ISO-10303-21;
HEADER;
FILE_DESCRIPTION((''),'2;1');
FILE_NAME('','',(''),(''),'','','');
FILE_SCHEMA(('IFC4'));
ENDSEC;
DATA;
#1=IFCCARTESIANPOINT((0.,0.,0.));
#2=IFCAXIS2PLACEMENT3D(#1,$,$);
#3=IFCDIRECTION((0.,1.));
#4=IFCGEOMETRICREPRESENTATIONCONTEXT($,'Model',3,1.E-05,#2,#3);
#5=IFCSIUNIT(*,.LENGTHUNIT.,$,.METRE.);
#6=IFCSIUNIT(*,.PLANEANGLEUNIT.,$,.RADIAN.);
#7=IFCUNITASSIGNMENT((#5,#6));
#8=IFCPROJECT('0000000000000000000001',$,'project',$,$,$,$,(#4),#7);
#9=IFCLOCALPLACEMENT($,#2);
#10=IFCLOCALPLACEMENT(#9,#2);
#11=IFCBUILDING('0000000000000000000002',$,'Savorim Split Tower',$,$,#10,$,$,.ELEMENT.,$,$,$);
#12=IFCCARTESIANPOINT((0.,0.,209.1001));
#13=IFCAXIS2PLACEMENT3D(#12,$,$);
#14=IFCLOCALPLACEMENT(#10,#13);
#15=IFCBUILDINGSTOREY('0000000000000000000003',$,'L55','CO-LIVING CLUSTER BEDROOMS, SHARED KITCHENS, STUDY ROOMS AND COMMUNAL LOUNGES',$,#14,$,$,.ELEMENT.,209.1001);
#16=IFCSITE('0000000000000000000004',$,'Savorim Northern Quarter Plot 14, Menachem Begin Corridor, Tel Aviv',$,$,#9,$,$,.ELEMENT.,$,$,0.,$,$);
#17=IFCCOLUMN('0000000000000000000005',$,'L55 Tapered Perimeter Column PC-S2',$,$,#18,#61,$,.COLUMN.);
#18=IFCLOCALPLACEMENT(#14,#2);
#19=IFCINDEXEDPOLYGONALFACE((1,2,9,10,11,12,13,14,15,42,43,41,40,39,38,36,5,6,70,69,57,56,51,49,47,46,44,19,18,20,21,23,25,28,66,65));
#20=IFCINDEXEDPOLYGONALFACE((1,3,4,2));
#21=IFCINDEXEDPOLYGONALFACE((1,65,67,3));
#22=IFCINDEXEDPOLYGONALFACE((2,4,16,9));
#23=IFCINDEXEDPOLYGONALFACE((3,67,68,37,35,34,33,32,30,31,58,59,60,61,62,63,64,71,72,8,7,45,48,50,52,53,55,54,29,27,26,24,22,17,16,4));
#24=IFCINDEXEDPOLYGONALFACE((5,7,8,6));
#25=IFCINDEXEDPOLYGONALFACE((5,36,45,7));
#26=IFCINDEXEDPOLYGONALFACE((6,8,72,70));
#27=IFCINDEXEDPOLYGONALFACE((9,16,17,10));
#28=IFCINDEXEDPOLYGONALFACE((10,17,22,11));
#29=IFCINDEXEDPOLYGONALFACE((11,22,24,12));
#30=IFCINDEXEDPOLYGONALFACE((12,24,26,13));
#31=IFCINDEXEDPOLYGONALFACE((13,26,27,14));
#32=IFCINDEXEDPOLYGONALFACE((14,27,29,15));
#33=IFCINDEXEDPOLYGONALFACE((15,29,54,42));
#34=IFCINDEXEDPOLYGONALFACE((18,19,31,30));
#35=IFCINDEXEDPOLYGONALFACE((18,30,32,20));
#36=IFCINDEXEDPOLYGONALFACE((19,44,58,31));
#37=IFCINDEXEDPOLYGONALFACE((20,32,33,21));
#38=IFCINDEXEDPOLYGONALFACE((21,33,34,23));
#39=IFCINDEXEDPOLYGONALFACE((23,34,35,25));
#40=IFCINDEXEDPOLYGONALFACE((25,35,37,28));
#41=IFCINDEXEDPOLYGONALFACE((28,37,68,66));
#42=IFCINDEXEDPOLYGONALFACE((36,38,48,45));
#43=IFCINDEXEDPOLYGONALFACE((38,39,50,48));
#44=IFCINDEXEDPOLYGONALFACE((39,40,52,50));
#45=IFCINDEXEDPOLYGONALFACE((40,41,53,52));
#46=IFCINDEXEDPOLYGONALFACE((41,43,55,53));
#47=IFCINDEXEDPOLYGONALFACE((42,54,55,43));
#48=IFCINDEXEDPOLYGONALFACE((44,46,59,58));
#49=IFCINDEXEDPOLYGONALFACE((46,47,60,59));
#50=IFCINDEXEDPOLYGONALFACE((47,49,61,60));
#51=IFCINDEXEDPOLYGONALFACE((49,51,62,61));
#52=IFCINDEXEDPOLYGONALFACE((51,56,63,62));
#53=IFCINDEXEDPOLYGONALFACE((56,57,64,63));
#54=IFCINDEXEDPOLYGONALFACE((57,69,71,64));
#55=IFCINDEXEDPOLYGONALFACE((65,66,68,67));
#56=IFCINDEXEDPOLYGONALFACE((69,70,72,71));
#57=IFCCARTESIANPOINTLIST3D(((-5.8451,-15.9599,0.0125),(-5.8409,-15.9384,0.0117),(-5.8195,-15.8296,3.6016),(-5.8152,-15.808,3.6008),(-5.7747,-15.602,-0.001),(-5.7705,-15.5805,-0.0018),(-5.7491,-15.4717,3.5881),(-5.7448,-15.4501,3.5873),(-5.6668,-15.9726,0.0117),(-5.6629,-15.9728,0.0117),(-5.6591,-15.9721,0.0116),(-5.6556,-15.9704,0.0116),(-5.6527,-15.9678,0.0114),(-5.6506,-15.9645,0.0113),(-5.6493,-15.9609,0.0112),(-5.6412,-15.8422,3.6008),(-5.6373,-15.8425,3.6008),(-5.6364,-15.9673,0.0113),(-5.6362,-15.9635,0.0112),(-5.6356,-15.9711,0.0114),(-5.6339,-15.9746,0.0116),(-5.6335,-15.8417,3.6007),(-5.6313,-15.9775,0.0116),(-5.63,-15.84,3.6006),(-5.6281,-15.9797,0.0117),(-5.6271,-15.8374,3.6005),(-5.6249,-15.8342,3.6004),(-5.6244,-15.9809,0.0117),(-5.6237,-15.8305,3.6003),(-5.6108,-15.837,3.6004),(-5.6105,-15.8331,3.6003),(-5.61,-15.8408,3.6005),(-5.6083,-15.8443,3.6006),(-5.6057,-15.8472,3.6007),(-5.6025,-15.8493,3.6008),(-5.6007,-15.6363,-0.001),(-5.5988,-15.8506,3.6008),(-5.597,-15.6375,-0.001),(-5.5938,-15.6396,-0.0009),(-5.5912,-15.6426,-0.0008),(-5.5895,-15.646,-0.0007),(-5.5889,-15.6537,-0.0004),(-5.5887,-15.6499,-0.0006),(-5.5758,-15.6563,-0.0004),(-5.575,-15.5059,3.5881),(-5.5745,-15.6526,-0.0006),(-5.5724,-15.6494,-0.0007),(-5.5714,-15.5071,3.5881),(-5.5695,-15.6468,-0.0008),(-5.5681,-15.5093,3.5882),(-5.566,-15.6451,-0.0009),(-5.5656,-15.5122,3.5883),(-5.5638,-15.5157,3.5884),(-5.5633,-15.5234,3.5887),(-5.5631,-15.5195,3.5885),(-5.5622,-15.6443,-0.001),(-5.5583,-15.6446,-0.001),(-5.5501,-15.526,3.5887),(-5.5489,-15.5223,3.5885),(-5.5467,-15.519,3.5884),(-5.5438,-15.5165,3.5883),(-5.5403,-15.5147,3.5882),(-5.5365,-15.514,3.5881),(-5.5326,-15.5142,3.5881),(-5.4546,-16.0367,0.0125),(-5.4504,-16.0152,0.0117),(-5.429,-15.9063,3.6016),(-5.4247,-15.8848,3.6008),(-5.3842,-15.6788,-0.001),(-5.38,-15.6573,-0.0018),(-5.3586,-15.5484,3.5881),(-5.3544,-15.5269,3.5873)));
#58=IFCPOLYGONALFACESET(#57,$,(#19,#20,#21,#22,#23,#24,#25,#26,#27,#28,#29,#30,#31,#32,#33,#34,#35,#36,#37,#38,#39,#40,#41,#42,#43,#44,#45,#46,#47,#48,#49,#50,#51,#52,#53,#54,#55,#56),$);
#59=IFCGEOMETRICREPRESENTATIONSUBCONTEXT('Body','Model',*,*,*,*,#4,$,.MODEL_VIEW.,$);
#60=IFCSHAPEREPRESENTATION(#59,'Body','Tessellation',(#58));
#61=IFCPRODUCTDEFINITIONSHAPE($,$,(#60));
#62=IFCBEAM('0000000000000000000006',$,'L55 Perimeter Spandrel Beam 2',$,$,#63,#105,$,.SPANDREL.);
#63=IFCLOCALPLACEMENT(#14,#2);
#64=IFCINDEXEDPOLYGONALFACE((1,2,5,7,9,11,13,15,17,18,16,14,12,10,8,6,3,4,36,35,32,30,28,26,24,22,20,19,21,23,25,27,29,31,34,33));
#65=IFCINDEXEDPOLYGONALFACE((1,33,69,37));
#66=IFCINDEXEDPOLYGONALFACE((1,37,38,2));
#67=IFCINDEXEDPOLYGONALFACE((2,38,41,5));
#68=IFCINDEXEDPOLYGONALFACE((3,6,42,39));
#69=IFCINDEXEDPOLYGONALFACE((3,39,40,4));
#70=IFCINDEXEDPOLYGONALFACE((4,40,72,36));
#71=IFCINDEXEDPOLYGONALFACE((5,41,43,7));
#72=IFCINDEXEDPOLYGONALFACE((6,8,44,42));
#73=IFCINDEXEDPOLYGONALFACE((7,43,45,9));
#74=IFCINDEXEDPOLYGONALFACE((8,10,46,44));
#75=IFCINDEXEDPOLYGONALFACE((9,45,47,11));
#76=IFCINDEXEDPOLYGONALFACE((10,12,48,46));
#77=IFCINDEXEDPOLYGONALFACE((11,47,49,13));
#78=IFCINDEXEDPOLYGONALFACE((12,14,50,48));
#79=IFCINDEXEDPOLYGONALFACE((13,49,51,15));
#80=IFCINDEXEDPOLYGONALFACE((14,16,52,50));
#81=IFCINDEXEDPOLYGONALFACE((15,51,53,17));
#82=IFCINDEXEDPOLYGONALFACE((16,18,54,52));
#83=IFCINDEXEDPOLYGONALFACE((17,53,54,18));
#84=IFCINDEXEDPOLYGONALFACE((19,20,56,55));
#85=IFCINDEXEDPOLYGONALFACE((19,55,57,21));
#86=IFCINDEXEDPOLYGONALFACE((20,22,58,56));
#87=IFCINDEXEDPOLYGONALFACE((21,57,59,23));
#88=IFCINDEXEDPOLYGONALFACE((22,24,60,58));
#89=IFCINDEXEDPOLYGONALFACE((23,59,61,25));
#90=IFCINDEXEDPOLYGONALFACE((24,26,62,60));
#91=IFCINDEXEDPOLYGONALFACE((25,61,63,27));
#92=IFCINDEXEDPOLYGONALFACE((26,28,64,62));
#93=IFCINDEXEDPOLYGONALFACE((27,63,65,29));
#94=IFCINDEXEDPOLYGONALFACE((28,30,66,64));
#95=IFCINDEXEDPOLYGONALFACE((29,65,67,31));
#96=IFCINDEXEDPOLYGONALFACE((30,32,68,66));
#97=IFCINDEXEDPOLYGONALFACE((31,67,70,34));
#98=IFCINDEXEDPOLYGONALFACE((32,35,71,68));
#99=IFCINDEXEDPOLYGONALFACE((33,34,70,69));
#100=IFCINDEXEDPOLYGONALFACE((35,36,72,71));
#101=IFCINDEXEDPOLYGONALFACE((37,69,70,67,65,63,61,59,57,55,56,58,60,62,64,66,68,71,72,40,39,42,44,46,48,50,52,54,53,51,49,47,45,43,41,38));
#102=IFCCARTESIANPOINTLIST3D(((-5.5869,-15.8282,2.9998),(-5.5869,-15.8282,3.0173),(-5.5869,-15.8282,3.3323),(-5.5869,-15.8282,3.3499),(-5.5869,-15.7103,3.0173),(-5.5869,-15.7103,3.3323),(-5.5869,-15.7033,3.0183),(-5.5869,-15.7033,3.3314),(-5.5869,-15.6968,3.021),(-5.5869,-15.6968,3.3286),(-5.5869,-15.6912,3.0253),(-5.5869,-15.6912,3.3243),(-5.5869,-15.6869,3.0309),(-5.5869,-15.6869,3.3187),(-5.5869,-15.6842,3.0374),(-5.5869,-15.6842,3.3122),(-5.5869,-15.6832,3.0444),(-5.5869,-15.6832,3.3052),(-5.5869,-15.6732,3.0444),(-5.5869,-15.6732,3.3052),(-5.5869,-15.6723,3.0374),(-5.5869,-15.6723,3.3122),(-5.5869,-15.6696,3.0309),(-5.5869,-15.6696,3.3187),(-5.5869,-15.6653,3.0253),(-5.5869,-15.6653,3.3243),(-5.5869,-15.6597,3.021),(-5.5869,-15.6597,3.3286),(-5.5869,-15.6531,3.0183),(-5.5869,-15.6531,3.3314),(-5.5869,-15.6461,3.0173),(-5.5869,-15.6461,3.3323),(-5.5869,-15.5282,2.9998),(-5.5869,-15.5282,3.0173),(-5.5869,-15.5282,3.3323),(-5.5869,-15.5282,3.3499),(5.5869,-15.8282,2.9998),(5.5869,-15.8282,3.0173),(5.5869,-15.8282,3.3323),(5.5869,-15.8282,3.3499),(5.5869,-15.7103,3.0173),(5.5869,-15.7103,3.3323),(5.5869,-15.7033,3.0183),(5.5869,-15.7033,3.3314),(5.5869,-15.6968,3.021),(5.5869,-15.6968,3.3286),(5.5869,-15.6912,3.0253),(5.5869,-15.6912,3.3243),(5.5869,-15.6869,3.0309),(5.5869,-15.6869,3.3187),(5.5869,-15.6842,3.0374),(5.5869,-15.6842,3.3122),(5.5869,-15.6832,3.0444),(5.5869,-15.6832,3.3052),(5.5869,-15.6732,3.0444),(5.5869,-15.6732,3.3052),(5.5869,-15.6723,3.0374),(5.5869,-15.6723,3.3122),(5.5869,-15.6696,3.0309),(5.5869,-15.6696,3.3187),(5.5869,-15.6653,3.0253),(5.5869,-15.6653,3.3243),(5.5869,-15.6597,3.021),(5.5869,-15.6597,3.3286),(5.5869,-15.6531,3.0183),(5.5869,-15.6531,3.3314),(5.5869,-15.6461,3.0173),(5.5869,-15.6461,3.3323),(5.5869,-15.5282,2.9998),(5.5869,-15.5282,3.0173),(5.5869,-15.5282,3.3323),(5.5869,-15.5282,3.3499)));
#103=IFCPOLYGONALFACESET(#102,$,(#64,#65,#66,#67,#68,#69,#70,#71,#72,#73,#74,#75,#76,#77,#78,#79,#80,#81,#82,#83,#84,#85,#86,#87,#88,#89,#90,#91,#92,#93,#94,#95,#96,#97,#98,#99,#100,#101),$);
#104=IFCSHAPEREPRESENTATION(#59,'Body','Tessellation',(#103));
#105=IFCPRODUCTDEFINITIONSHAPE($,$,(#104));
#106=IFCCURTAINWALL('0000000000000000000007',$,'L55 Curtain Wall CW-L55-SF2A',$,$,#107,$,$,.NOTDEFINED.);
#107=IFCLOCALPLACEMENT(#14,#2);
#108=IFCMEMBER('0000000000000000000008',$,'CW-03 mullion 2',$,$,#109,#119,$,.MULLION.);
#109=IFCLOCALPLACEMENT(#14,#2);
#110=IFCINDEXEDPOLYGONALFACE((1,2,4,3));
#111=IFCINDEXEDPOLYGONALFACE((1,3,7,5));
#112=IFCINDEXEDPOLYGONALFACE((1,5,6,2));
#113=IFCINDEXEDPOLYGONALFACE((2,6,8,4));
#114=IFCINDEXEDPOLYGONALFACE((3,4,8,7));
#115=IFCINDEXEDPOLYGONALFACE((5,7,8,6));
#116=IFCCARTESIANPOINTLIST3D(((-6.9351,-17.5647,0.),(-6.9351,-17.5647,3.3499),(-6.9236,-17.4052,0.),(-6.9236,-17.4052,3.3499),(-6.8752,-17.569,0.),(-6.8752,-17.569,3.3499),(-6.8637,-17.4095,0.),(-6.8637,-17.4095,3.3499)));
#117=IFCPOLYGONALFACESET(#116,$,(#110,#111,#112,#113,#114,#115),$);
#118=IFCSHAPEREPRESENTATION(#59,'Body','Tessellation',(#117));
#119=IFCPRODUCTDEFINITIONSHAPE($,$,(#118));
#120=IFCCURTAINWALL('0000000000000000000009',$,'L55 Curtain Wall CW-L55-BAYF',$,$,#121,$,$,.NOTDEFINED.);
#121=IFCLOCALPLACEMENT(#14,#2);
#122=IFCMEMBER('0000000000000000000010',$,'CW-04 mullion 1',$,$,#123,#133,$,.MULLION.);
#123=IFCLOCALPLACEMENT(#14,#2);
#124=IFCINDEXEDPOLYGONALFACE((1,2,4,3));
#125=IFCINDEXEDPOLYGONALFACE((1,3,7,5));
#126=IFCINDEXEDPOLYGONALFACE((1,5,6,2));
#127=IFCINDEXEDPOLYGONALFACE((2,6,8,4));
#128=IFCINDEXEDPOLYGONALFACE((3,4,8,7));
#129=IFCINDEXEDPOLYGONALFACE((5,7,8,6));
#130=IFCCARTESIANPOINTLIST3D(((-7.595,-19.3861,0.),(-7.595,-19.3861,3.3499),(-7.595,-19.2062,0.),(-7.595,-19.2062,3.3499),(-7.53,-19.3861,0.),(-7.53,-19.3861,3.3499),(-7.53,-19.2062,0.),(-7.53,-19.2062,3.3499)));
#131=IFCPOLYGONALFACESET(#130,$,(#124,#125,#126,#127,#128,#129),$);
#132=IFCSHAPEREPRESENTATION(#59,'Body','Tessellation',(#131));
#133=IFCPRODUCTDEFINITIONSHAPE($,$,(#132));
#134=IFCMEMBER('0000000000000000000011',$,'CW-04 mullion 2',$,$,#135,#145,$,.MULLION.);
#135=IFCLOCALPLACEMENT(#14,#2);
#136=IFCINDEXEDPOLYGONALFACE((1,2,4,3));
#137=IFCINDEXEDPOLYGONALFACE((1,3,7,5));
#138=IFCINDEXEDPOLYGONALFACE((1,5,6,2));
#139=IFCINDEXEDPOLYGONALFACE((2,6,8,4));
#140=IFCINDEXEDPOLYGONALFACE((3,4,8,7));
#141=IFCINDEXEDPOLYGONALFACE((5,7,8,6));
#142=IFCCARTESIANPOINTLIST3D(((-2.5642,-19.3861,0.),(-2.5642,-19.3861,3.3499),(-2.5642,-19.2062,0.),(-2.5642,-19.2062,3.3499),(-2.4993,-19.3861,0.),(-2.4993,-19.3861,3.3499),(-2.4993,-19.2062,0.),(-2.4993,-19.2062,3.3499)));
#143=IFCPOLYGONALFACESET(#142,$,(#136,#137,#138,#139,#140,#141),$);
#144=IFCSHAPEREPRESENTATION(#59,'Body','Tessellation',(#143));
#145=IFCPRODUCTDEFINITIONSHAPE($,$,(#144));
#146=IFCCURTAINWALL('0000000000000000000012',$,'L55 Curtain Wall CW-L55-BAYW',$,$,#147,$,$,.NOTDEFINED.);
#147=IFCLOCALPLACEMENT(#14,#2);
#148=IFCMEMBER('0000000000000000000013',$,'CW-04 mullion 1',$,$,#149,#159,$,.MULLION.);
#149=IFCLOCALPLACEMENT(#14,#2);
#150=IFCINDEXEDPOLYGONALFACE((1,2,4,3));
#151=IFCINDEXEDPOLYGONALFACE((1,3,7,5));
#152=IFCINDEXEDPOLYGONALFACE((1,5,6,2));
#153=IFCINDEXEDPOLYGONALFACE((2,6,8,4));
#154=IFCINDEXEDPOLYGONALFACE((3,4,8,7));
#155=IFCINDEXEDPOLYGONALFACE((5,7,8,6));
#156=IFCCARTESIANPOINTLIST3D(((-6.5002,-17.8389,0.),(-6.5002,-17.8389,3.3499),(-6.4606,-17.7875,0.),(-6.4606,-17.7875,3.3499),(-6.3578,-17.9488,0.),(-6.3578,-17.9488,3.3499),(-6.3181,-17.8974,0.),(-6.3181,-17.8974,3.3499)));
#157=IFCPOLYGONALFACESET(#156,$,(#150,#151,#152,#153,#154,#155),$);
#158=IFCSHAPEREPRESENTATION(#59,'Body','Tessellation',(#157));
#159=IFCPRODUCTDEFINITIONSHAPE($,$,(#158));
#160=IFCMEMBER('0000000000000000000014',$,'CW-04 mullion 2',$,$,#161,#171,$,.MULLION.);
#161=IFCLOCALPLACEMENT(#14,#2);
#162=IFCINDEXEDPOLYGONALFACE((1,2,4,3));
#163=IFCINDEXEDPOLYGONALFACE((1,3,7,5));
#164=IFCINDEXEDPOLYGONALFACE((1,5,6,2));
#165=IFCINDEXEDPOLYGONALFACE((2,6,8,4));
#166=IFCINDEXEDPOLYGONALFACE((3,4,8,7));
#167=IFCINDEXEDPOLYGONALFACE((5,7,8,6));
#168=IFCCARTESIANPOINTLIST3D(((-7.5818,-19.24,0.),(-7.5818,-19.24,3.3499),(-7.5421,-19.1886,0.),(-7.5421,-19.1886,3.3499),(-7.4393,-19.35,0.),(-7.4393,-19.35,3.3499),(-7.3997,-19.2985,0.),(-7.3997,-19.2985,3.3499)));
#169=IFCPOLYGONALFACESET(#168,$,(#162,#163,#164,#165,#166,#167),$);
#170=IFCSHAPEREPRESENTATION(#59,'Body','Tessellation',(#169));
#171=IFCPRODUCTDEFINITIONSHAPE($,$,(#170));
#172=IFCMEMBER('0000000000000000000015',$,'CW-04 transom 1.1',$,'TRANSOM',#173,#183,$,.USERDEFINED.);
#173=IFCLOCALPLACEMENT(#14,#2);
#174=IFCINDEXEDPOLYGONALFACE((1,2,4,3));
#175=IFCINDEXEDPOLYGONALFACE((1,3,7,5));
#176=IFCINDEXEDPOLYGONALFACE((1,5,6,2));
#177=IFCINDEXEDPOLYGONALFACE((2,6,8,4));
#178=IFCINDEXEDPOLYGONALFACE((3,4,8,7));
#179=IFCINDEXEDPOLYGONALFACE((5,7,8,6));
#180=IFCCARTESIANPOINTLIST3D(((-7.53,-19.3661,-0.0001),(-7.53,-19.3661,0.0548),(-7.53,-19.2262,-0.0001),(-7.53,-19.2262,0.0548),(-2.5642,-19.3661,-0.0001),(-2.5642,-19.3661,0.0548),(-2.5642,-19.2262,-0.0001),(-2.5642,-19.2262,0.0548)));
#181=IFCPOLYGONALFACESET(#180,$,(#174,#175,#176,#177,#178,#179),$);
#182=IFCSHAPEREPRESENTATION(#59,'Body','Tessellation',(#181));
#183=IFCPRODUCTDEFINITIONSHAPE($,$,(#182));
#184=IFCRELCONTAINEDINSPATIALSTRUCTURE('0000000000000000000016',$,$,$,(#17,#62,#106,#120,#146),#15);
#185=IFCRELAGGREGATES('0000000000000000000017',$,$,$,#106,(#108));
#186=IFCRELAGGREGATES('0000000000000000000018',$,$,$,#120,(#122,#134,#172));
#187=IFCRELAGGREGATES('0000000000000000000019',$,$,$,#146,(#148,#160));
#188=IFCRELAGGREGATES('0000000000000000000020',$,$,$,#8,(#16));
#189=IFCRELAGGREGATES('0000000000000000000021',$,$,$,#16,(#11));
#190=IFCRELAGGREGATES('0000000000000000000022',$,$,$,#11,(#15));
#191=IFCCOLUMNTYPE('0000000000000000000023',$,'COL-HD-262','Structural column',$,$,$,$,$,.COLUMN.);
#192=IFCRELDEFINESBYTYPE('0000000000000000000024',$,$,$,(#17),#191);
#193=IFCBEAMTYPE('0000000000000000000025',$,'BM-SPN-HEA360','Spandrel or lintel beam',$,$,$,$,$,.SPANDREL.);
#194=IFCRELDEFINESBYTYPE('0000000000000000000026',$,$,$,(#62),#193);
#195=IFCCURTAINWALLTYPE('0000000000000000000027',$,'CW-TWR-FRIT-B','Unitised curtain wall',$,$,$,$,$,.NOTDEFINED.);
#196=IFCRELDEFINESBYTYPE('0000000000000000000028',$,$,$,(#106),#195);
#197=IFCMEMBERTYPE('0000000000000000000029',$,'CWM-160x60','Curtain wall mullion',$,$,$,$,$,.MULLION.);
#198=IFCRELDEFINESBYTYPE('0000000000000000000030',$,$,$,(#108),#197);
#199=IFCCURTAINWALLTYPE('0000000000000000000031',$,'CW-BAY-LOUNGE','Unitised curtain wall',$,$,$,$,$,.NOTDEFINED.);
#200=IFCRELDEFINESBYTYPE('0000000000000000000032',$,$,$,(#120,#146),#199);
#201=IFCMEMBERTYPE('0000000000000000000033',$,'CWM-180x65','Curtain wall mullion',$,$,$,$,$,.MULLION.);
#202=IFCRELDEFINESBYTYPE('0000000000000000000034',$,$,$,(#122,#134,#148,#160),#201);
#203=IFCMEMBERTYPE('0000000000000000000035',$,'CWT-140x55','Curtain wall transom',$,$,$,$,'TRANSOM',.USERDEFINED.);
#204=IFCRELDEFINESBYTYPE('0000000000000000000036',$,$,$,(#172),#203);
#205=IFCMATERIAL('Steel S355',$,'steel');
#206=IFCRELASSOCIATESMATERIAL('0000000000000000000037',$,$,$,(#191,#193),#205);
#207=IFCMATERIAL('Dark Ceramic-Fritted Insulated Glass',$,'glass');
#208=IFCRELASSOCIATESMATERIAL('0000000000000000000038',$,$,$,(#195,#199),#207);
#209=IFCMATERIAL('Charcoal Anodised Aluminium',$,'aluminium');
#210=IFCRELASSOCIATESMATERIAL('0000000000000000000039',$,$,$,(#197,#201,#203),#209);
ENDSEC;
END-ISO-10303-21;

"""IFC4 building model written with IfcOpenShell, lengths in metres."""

from ifc_helpers import new_model, si_unit, direction, frame, origin, origin_2d, place, context, subcontext, project, spatial, rectangle, i_section, extrude, material, material_profile, profile_set, type_object, element, aggregate, save


model = new_model("IFC4")

# Units and contexts
model_context = context("Model", 3, precision=1e-05, world=origin(), true_north=direction((0.0, 1.0)))
body_context = subcontext(model_context, "Body", "Model", "MODEL_VIEW")
ifc_project = project(units=[si_unit("LENGTHUNIT", "METRE"), si_unit("PLANEANGLEUNIT", "RADIAN")], contexts=[model_context])

# Site, building, storey
site_placement = place(None, origin())
site = spatial("IfcSite", under=ifc_project, at=site_placement, Name="Savorim Northern Quarter Plot 14, Menachem Begin Corridor, Tel Aviv", CompositionType="ELEMENT", RefElevation=0.0)
building_placement = place(site_placement, origin())
building = spatial("IfcBuilding", under=site, at=building_placement, Name="Savorim Split Tower", CompositionType="ELEMENT")
storey_placement = place(building_placement, frame((0.0, 0.0, 209.1001)))
storey = spatial("IfcBuildingStorey", under=building, at=storey_placement, Name="L55", Description="CO-LIVING CLUSTER BEDROOMS, SHARED KITCHENS, STUDY ROOMS AND COMMUNAL LOUNGES", CompositionType="ELEMENT", Elevation=209.1001)

# Column
ifc_material_1 = material(Name="Steel S355", Category="steel")
ifc_material_profile_1 = material_profile(ifc_material_1, i_section(OverallWidth=0.3979, OverallDepth=0.387, WebThickness=0.0134, FlangeThickness=0.022, FilletRadius=0.0149, at=origin_2d()), Name="HD 400x262")
ifc_profile_set_1 = profile_set([ifc_material_profile_1], Name="Steel S355")
column_type = type_object("IfcColumnType", Name="COL-HD-262", Description="Structural column", PredefinedType="COLUMN", material=ifc_profile_set_1)
column_placement = place(storey_placement, frame((-5.6125, -15.8086, 0.0054), z_axis=(0.007137, 0.036299, 0.999315), x_axis=(-0.981212, 0.192935, 0.0)))
element("IfcColumn", 1, at=column_placement, inside=storey, type_object=column_type, Name="L55 Tapered Perimeter Column PC-S2", PredefinedType="COLUMN", context=body_context, shape_type="SweptSolid", body=[
    extrude(i_section(OverallWidth=0.3979, OverallDepth=0.387, WebThickness=0.0134, FlangeThickness=0.022, FilletRadius=0.0149, at=origin_2d()), origin(), (0.0, 0.0, 1.0), 3.5916),
])

# Beam
ifc_material_profile_2 = material_profile(ifc_material_1, i_section(OverallWidth=0.3, OverallDepth=0.3501, WebThickness=0.01, FlangeThickness=0.0176, FilletRadius=0.0271, at=origin_2d()), Name="HEA 360")
ifc_profile_set_2 = profile_set([ifc_material_profile_2], Name="Steel S355")
beam_type = type_object("IfcBeamType", Name="BM-SPN-HEA360", Description="Spandrel or lintel beam", PredefinedType="SPANDREL", material=ifc_profile_set_2)
beam_placement = place(storey_placement, frame((-5.5869, -15.6782, 3.1748), z_axis=(1.0, 0.0, 0.0), x_axis=(0.0, 1.0, 0.0)))
element("IfcBeam", 2, at=beam_placement, inside=storey, type_object=beam_type, Name="L55 Perimeter Spandrel Beam 2", PredefinedType="SPANDREL", context=body_context, shape_type="SweptSolid", body=[
    extrude(i_section(OverallWidth=0.3, OverallDepth=0.3501, WebThickness=0.01, FlangeThickness=0.0176, FilletRadius=0.0271, at=origin_2d()), origin(), (0.0, 0.0, 1.0), 11.1738),
])

# Curtain wall, member
ifc_material_2 = material(Name="Dark Ceramic-Fritted Insulated Glass", Category="glass")
curtain_wall_type_1 = type_object("IfcCurtainWallType", Name="CW-TWR-FRIT-B", Description="Unitised curtain wall", PredefinedType="NOTDEFINED", material=ifc_material_2)
curtain_wall_1_placement = place(storey_placement, origin())
curtain_wall_1 = element("IfcCurtainWall", 3, at=curtain_wall_1_placement, inside=storey, type_object=curtain_wall_type_1, Name="L55 Curtain Wall CW-L55-SF2A", PredefinedType="NOTDEFINED")
ifc_material_3 = material(Name="Charcoal Anodised Aluminium", Category="aluminium")
ifc_material_profile_3 = material_profile(ifc_material_3, rectangle(XDim=0.1599, YDim=0.0601, at=origin_2d()), Name="ALU-M 160x60")
ifc_profile_set_3 = profile_set([ifc_material_profile_3], Name="Charcoal Anodised Aluminium")
member_type_1 = type_object("IfcMemberType", Name="CWM-160x60", Description="Curtain wall mullion", PredefinedType="MULLION", material=ifc_profile_set_3)
member_1_placement = place(storey_placement, frame((-6.8994, -17.4871, 0.0), z_axis=(0.0, 0.0, 1.0), x_axis=(0.071552, 0.997437, 0.0)))
member_1 = element("IfcMember", 4, at=member_1_placement, type_object=member_type_1, Name="CW-03 mullion 2", PredefinedType="MULLION", context=body_context, shape_type="SweptSolid", body=[
    extrude(rectangle(XDim=0.1599, YDim=0.0601, at=origin_2d()), origin(), (0.0, 0.0, 1.0), 3.3499),
])
aggregate(curtain_wall_1, [member_1])

# Curtain walls, members
curtain_wall_type_2 = type_object("IfcCurtainWallType", Name="CW-BAY-LOUNGE", Description="Unitised curtain wall", PredefinedType="NOTDEFINED", material=ifc_material_2)
curtain_wall_2_placement = place(storey_placement, origin())
curtain_wall_2 = element("IfcCurtainWall", 5, at=curtain_wall_2_placement, inside=storey, type_object=curtain_wall_type_2, Name="L55 Curtain Wall CW-L55-BAYF", PredefinedType="NOTDEFINED")
ifc_material_profile_4 = material_profile(ifc_material_3, rectangle(XDim=0.1799, YDim=0.0649, at=origin_2d()), Name="ALU-M 180x65")
ifc_profile_set_4 = profile_set([ifc_material_profile_4], Name="Charcoal Anodised Aluminium")
member_type_2 = type_object("IfcMemberType", Name="CWM-180x65", Description="Curtain wall mullion", PredefinedType="MULLION", material=ifc_profile_set_4)
member_2_placement = place(storey_placement, frame((-7.5625, -19.2961, 0.0), z_axis=(0.0, 0.0, 1.0), x_axis=(0.0, 1.0, 0.0)))
member_2 = element("IfcMember", 6, at=member_2_placement, type_object=member_type_2, Name="CW-04 mullion 1", PredefinedType="MULLION", context=body_context, shape_type="SweptSolid", body=[
    extrude(rectangle(XDim=0.1799, YDim=0.0649, at=origin_2d()), origin(), (0.0, 0.0, 1.0), 3.3499),
])
member_3_placement = place(storey_placement, frame((-2.5317, -19.2961, 0.0), z_axis=(0.0, 0.0, 1.0), x_axis=(0.0, 1.0, 0.0)))
member_3 = element("IfcMember", 7, at=member_3_placement, type_object=member_type_2, Name="CW-04 mullion 2", PredefinedType="MULLION", context=body_context, shape_type="SweptSolid", body=[
    extrude(rectangle(XDim=0.1799, YDim=0.0649, at=origin_2d()), origin(), (0.0, 0.0, 1.0), 3.3499),
])
curtain_wall_3_placement = place(storey_placement, origin())
curtain_wall_3 = element("IfcCurtainWall", 8, at=curtain_wall_3_placement, inside=storey, type_object=curtain_wall_type_2, Name="L55 Curtain Wall CW-L55-BAYW", PredefinedType="NOTDEFINED")
member_4_placement = place(storey_placement, frame((-6.4092, -17.8682, 0.0), z_axis=(0.0, 0.0, 1.0), x_axis=(0.791644, -0.610982, 0.0)))
member_4 = element("IfcMember", 9, at=member_4_placement, type_object=member_type_2, Name="CW-04 mullion 1", PredefinedType="MULLION", context=body_context, shape_type="SweptSolid", body=[
    extrude(rectangle(XDim=0.1799, YDim=0.0649, at=origin_2d()), origin(), (0.0, 0.0, 1.0), 3.3499),
])
member_5_placement = place(storey_placement, frame((-7.4907, -19.2693, 0.0), z_axis=(0.0, 0.0, 1.0), x_axis=(0.791644, -0.610982, 0.0)))
member_5 = element("IfcMember", 10, at=member_5_placement, type_object=member_type_2, Name="CW-04 mullion 2", PredefinedType="MULLION", context=body_context, shape_type="SweptSolid", body=[
    extrude(rectangle(XDim=0.1799, YDim=0.0649, at=origin_2d()), origin(), (0.0, 0.0, 1.0), 3.3499),
])

# Member
ifc_material_profile_5 = material_profile(ifc_material_3, rectangle(XDim=0.1399, YDim=0.0549, at=origin_2d()), Name="ALU-T 140x55")
ifc_profile_set_5 = profile_set([ifc_material_profile_5], Name="Charcoal Anodised Aluminium")
member_type_3 = type_object("IfcMemberType", Name="CWT-140x55", Description="Curtain wall transom", ElementType="TRANSOM", PredefinedType="USERDEFINED", material=ifc_profile_set_5)
member_6_placement = place(storey_placement, frame((-7.53, -19.2961, 0.0273), z_axis=(1.0, 0.0, 0.0), x_axis=(0.0, 1.0, 0.0)))
member_6 = element("IfcMember", 11, at=member_6_placement, type_object=member_type_3, Name="CW-04 transom 1.1", ObjectType="TRANSOM", PredefinedType="USERDEFINED", context=body_context, shape_type="SweptSolid", body=[
    extrude(rectangle(XDim=0.1399, YDim=0.0549, at=origin_2d()), origin(), (0.0, 0.0, 1.0), 4.9658),
])

aggregate(curtain_wall_2, [member_2, member_3, member_6])
aggregate(curtain_wall_3, [member_4, member_5])

save(model, "model.ifc")
